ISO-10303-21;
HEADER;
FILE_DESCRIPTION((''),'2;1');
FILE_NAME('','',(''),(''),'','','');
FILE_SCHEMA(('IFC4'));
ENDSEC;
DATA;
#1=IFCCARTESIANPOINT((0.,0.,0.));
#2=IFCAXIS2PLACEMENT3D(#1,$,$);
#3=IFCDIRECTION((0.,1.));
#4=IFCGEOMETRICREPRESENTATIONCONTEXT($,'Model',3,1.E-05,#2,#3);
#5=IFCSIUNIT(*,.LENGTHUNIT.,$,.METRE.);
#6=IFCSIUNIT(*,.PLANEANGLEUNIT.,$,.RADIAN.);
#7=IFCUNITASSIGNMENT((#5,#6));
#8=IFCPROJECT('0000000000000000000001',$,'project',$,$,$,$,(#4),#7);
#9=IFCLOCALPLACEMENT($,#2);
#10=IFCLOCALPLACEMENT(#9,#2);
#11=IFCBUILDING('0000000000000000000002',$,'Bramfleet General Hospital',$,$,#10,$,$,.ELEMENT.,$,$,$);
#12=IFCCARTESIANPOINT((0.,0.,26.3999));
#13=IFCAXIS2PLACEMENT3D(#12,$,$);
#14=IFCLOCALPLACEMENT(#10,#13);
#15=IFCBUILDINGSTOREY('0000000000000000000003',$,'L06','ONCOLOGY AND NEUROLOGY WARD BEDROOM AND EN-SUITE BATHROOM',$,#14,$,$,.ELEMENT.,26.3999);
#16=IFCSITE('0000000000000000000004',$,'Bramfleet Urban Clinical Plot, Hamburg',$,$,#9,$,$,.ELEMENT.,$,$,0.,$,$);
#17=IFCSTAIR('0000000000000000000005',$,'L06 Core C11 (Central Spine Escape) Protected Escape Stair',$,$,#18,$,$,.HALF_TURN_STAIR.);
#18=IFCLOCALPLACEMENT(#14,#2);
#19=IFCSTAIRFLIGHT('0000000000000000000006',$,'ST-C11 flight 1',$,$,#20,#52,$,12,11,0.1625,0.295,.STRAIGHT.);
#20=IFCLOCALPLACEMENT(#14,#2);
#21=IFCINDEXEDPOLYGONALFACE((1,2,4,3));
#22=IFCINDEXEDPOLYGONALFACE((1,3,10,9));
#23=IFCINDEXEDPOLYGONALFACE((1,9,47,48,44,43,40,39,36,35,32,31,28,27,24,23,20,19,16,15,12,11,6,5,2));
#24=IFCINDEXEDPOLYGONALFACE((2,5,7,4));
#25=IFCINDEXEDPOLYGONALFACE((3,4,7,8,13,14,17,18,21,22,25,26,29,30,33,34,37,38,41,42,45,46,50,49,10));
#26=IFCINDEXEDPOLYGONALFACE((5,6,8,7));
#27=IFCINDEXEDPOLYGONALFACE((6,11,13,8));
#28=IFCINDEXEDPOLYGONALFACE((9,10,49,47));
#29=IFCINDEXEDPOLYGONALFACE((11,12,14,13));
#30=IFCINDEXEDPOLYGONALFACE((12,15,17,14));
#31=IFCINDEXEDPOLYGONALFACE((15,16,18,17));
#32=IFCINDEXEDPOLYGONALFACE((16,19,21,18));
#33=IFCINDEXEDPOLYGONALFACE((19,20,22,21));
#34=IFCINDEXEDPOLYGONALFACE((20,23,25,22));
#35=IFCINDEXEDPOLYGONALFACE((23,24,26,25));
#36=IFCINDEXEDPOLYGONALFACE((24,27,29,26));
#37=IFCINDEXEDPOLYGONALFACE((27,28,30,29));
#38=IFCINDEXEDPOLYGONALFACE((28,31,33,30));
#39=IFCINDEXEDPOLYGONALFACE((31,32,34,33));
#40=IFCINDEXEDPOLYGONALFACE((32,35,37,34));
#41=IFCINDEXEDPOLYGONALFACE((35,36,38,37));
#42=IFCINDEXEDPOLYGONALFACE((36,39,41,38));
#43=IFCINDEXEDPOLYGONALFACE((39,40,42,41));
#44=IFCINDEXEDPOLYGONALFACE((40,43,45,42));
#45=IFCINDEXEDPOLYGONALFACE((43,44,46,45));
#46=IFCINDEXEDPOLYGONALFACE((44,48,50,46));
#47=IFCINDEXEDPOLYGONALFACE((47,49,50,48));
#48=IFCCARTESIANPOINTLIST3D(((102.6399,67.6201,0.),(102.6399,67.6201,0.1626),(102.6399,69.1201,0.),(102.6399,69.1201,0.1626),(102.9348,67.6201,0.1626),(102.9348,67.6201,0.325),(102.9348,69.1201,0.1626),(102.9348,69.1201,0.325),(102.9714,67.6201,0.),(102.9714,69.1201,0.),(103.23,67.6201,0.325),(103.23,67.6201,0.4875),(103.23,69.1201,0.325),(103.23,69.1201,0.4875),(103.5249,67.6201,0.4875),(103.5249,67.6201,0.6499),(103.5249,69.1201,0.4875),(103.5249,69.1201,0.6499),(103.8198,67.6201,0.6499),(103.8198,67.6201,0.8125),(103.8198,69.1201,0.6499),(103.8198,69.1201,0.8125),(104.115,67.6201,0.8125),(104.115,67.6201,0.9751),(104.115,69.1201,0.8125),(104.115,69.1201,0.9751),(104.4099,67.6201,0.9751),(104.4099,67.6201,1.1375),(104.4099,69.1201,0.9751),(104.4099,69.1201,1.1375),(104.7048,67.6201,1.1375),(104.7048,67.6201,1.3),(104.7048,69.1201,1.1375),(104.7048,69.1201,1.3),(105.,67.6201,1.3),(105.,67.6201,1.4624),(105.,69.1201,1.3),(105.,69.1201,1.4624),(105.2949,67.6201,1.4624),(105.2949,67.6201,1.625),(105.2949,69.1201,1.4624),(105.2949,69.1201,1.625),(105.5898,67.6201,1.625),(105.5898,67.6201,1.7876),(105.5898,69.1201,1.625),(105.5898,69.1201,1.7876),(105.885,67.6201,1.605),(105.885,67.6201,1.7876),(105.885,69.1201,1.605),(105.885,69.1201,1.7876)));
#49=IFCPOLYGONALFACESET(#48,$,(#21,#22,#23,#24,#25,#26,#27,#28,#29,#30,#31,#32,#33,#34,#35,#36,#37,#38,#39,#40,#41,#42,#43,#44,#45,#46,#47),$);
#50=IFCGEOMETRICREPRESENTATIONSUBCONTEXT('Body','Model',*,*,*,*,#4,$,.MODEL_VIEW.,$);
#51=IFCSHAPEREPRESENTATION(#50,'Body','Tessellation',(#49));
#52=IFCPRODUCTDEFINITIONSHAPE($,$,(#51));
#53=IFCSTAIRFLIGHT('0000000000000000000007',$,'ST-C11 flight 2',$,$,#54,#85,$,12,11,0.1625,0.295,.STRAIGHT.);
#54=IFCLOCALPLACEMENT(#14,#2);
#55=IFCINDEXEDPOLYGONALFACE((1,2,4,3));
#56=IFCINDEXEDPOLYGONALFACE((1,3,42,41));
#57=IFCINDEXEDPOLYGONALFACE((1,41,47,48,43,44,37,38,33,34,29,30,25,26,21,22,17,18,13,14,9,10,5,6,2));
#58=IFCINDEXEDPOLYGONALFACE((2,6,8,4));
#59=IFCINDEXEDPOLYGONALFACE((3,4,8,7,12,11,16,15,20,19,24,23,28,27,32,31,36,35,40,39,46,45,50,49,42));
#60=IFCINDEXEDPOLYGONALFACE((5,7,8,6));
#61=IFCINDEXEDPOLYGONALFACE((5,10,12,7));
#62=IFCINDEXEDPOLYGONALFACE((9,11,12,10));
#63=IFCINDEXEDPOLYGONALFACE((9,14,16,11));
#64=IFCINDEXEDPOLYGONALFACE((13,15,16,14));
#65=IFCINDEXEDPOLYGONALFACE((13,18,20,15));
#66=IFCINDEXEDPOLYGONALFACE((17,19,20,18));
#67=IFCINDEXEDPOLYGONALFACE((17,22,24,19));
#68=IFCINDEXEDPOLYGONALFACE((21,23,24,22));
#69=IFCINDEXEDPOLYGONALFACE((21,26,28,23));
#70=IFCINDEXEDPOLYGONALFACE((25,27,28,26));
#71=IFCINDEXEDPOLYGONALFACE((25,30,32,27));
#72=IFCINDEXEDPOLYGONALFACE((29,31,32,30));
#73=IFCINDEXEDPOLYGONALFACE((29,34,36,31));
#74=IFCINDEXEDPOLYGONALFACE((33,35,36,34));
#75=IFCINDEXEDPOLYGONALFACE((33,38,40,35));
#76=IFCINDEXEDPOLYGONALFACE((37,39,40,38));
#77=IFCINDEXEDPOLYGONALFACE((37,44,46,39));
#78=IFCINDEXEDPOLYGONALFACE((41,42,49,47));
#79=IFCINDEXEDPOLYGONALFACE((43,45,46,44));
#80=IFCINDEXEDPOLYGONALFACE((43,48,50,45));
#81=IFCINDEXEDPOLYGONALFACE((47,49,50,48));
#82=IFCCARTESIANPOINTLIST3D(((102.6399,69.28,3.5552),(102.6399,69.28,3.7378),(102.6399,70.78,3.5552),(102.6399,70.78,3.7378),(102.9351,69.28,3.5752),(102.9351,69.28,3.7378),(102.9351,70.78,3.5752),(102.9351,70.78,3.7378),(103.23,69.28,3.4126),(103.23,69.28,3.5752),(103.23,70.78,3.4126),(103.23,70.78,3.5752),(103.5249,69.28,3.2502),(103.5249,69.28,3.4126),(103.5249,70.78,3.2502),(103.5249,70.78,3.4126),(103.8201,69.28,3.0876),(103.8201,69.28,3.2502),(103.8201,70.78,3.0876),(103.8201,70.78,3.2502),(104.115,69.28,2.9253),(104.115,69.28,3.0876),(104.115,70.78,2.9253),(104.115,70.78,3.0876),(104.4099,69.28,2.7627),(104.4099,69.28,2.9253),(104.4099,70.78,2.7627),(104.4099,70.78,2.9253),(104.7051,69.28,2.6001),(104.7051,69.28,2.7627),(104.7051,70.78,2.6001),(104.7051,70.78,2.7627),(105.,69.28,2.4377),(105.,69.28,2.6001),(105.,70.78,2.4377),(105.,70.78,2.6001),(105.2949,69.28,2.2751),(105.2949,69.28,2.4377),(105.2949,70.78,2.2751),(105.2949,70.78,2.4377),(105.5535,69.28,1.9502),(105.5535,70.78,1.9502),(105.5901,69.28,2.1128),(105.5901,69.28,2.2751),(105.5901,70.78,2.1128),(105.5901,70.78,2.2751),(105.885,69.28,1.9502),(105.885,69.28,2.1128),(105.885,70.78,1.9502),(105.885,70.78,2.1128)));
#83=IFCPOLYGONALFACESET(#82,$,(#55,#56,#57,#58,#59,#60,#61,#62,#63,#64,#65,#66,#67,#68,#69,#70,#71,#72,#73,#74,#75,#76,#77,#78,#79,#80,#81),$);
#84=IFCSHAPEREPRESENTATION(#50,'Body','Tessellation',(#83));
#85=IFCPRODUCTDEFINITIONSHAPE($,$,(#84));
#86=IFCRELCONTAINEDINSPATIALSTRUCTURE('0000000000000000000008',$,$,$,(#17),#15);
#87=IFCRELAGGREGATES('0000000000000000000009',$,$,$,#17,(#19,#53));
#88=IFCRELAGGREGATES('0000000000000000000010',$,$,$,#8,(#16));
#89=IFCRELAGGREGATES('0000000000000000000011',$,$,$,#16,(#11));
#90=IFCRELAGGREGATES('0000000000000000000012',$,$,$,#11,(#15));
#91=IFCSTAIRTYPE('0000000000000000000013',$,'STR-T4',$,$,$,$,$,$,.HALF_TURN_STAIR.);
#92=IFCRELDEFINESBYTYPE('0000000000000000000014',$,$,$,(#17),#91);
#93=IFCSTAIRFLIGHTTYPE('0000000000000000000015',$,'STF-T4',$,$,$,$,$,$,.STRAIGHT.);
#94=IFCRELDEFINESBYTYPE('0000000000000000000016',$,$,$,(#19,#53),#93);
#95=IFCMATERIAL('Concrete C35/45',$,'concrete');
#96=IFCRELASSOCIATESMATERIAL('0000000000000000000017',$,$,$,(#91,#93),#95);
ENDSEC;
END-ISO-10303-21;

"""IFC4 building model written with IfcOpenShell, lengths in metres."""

from ifc_helpers import new_model, si_unit, direction, frame, origin, place, context, subcontext, project, spatial, polyline, outline, extrude, material, type_object, element, aggregate, save


model = new_model("IFC4")

# Units and contexts
model_context = context("Model", 3, precision=1e-05, world=origin(), true_north=direction((0.0, 1.0)))
body_context = subcontext(model_context, "Body", "Model", "MODEL_VIEW")
ifc_project = project(units=[si_unit("LENGTHUNIT", "METRE"), si_unit("PLANEANGLEUNIT", "RADIAN")], contexts=[model_context])

# Site, building, storey
site_placement = place(None, origin())
site = spatial("IfcSite", under=ifc_project, at=site_placement, Name="Bramfleet Urban Clinical Plot, Hamburg", CompositionType="ELEMENT", RefElevation=0.0)
building_placement = place(site_placement, origin())
building = spatial("IfcBuilding", under=site, at=building_placement, Name="Bramfleet General Hospital", CompositionType="ELEMENT")
storey_placement = place(building_placement, frame((0.0, 0.0, 26.3999)))
storey = spatial("IfcBuildingStorey", under=building, at=storey_placement, Name="L06", Description="ONCOLOGY AND NEUROLOGY WARD BEDROOM AND EN-SUITE BATHROOM", CompositionType="ELEMENT", Elevation=26.3999)

# Shared definitions
ifc_material_1 = material(Name="Concrete C35/45", Category="concrete")

# Stair, stair flights
stair_type = type_object("IfcStairType", Name="STR-T4", PredefinedType="HALF_TURN_STAIR", material=ifc_material_1)
stair_placement = place(storey_placement, origin())
stair = element("IfcStair", 1, at=stair_placement, inside=storey, type_object=stair_type, Name="L06 Core C11 (Central Spine Escape) Protected Escape Stair", PredefinedType="HALF_TURN_STAIR")
stair_flight_type = type_object("IfcStairFlightType", Name="STF-T4", PredefinedType="STRAIGHT", material=ifc_material_1)
stair_flight_1_placement = place(storey_placement, frame((102.6399, 68.3701, 0.0), z_axis=(0.0, 0.0, 1.0), x_axis=(1.0, 0.0, 0.0)))
stair_flight_1 = element("IfcStairFlight", 2, at=stair_flight_1_placement, type_object=stair_flight_type, Name="ST-C11 flight 1", NumberOfRisers=12, NumberOfTreads=11, PredefinedType="STRAIGHT", RiserHeight=0.1625, TreadLength=0.295, context=body_context, shape_type="SweptSolid", body=[
    extrude(outline(polyline([(0.0, 0.0), (0.0, 0.1626), (0.2949, 0.1626), (0.2949, 0.325), (0.5901, 0.325), (0.5901, 0.4875), (0.885, 0.4875), (0.885, 0.6499), (1.1799, 0.6499), (1.1799, 0.8125), (1.4751, 0.8125), (1.4751, 0.9751), (1.77, 0.9751), (1.77, 1.1375), (2.0649, 1.1375), (2.0649, 1.3), (2.3601, 1.3), (2.3601, 1.4624), (2.655, 1.4624), (2.655, 1.625), (2.95, 1.625), (2.95, 1.7876), (3.2451, 1.7876), (3.2451, 1.95), (3.2451, 1.605), (0.3315, 0.0), (0.0, 0.0)])), frame((0.0, 0.75, 0.0), z_axis=(0.0, -1.0, 0.0), x_axis=(1.0, 0.0, 0.0)), (0.0, 0.0, 1.0), 1.5),
])
stair_flight_2_placement = place(storey_placement, frame((105.885, 70.03, 1.9502), z_axis=(0.0, 0.0, 1.0), x_axis=(-1.0, 0.0, 0.0)))
stair_flight_2 = element("IfcStairFlight", 3, at=stair_flight_2_placement, type_object=stair_flight_type, Name="ST-C11 flight 2", NumberOfRisers=12, NumberOfTreads=11, PredefinedType="STRAIGHT", RiserHeight=0.1625, TreadLength=0.295, context=body_context, shape_type="SweptSolid", body=[
    extrude(outline(polyline([(0.0, 0.0), (0.0, 0.1626), (0.2949, 0.1626), (0.2949, 0.325), (0.5901, 0.325), (0.5901, 0.4875), (0.885, 0.4875), (0.885, 0.6499), (1.1799, 0.6499), (1.1799, 0.8125), (1.4751, 0.8125), (1.4751, 0.9751), (1.77, 0.9751), (1.77, 1.1375), (2.0649, 1.1375), (2.0649, 1.3), (2.3601, 1.3), (2.3601, 1.4624), (2.655, 1.4624), (2.655, 1.625), (2.95, 1.625), (2.95, 1.7876), (3.2451, 1.7876), (3.2451, 1.95), (3.2451, 1.605), (0.3315, 0.0), (0.0, 0.0)])), frame((0.0, 0.75, 0.0), z_axis=(0.0, -1.0, 0.0), x_axis=(1.0, 0.0, 0.0)), (0.0, 0.0, 1.0), 1.5),
])
aggregate(stair, [stair_flight_1, stair_flight_2])

save(model, "model.ifc")
